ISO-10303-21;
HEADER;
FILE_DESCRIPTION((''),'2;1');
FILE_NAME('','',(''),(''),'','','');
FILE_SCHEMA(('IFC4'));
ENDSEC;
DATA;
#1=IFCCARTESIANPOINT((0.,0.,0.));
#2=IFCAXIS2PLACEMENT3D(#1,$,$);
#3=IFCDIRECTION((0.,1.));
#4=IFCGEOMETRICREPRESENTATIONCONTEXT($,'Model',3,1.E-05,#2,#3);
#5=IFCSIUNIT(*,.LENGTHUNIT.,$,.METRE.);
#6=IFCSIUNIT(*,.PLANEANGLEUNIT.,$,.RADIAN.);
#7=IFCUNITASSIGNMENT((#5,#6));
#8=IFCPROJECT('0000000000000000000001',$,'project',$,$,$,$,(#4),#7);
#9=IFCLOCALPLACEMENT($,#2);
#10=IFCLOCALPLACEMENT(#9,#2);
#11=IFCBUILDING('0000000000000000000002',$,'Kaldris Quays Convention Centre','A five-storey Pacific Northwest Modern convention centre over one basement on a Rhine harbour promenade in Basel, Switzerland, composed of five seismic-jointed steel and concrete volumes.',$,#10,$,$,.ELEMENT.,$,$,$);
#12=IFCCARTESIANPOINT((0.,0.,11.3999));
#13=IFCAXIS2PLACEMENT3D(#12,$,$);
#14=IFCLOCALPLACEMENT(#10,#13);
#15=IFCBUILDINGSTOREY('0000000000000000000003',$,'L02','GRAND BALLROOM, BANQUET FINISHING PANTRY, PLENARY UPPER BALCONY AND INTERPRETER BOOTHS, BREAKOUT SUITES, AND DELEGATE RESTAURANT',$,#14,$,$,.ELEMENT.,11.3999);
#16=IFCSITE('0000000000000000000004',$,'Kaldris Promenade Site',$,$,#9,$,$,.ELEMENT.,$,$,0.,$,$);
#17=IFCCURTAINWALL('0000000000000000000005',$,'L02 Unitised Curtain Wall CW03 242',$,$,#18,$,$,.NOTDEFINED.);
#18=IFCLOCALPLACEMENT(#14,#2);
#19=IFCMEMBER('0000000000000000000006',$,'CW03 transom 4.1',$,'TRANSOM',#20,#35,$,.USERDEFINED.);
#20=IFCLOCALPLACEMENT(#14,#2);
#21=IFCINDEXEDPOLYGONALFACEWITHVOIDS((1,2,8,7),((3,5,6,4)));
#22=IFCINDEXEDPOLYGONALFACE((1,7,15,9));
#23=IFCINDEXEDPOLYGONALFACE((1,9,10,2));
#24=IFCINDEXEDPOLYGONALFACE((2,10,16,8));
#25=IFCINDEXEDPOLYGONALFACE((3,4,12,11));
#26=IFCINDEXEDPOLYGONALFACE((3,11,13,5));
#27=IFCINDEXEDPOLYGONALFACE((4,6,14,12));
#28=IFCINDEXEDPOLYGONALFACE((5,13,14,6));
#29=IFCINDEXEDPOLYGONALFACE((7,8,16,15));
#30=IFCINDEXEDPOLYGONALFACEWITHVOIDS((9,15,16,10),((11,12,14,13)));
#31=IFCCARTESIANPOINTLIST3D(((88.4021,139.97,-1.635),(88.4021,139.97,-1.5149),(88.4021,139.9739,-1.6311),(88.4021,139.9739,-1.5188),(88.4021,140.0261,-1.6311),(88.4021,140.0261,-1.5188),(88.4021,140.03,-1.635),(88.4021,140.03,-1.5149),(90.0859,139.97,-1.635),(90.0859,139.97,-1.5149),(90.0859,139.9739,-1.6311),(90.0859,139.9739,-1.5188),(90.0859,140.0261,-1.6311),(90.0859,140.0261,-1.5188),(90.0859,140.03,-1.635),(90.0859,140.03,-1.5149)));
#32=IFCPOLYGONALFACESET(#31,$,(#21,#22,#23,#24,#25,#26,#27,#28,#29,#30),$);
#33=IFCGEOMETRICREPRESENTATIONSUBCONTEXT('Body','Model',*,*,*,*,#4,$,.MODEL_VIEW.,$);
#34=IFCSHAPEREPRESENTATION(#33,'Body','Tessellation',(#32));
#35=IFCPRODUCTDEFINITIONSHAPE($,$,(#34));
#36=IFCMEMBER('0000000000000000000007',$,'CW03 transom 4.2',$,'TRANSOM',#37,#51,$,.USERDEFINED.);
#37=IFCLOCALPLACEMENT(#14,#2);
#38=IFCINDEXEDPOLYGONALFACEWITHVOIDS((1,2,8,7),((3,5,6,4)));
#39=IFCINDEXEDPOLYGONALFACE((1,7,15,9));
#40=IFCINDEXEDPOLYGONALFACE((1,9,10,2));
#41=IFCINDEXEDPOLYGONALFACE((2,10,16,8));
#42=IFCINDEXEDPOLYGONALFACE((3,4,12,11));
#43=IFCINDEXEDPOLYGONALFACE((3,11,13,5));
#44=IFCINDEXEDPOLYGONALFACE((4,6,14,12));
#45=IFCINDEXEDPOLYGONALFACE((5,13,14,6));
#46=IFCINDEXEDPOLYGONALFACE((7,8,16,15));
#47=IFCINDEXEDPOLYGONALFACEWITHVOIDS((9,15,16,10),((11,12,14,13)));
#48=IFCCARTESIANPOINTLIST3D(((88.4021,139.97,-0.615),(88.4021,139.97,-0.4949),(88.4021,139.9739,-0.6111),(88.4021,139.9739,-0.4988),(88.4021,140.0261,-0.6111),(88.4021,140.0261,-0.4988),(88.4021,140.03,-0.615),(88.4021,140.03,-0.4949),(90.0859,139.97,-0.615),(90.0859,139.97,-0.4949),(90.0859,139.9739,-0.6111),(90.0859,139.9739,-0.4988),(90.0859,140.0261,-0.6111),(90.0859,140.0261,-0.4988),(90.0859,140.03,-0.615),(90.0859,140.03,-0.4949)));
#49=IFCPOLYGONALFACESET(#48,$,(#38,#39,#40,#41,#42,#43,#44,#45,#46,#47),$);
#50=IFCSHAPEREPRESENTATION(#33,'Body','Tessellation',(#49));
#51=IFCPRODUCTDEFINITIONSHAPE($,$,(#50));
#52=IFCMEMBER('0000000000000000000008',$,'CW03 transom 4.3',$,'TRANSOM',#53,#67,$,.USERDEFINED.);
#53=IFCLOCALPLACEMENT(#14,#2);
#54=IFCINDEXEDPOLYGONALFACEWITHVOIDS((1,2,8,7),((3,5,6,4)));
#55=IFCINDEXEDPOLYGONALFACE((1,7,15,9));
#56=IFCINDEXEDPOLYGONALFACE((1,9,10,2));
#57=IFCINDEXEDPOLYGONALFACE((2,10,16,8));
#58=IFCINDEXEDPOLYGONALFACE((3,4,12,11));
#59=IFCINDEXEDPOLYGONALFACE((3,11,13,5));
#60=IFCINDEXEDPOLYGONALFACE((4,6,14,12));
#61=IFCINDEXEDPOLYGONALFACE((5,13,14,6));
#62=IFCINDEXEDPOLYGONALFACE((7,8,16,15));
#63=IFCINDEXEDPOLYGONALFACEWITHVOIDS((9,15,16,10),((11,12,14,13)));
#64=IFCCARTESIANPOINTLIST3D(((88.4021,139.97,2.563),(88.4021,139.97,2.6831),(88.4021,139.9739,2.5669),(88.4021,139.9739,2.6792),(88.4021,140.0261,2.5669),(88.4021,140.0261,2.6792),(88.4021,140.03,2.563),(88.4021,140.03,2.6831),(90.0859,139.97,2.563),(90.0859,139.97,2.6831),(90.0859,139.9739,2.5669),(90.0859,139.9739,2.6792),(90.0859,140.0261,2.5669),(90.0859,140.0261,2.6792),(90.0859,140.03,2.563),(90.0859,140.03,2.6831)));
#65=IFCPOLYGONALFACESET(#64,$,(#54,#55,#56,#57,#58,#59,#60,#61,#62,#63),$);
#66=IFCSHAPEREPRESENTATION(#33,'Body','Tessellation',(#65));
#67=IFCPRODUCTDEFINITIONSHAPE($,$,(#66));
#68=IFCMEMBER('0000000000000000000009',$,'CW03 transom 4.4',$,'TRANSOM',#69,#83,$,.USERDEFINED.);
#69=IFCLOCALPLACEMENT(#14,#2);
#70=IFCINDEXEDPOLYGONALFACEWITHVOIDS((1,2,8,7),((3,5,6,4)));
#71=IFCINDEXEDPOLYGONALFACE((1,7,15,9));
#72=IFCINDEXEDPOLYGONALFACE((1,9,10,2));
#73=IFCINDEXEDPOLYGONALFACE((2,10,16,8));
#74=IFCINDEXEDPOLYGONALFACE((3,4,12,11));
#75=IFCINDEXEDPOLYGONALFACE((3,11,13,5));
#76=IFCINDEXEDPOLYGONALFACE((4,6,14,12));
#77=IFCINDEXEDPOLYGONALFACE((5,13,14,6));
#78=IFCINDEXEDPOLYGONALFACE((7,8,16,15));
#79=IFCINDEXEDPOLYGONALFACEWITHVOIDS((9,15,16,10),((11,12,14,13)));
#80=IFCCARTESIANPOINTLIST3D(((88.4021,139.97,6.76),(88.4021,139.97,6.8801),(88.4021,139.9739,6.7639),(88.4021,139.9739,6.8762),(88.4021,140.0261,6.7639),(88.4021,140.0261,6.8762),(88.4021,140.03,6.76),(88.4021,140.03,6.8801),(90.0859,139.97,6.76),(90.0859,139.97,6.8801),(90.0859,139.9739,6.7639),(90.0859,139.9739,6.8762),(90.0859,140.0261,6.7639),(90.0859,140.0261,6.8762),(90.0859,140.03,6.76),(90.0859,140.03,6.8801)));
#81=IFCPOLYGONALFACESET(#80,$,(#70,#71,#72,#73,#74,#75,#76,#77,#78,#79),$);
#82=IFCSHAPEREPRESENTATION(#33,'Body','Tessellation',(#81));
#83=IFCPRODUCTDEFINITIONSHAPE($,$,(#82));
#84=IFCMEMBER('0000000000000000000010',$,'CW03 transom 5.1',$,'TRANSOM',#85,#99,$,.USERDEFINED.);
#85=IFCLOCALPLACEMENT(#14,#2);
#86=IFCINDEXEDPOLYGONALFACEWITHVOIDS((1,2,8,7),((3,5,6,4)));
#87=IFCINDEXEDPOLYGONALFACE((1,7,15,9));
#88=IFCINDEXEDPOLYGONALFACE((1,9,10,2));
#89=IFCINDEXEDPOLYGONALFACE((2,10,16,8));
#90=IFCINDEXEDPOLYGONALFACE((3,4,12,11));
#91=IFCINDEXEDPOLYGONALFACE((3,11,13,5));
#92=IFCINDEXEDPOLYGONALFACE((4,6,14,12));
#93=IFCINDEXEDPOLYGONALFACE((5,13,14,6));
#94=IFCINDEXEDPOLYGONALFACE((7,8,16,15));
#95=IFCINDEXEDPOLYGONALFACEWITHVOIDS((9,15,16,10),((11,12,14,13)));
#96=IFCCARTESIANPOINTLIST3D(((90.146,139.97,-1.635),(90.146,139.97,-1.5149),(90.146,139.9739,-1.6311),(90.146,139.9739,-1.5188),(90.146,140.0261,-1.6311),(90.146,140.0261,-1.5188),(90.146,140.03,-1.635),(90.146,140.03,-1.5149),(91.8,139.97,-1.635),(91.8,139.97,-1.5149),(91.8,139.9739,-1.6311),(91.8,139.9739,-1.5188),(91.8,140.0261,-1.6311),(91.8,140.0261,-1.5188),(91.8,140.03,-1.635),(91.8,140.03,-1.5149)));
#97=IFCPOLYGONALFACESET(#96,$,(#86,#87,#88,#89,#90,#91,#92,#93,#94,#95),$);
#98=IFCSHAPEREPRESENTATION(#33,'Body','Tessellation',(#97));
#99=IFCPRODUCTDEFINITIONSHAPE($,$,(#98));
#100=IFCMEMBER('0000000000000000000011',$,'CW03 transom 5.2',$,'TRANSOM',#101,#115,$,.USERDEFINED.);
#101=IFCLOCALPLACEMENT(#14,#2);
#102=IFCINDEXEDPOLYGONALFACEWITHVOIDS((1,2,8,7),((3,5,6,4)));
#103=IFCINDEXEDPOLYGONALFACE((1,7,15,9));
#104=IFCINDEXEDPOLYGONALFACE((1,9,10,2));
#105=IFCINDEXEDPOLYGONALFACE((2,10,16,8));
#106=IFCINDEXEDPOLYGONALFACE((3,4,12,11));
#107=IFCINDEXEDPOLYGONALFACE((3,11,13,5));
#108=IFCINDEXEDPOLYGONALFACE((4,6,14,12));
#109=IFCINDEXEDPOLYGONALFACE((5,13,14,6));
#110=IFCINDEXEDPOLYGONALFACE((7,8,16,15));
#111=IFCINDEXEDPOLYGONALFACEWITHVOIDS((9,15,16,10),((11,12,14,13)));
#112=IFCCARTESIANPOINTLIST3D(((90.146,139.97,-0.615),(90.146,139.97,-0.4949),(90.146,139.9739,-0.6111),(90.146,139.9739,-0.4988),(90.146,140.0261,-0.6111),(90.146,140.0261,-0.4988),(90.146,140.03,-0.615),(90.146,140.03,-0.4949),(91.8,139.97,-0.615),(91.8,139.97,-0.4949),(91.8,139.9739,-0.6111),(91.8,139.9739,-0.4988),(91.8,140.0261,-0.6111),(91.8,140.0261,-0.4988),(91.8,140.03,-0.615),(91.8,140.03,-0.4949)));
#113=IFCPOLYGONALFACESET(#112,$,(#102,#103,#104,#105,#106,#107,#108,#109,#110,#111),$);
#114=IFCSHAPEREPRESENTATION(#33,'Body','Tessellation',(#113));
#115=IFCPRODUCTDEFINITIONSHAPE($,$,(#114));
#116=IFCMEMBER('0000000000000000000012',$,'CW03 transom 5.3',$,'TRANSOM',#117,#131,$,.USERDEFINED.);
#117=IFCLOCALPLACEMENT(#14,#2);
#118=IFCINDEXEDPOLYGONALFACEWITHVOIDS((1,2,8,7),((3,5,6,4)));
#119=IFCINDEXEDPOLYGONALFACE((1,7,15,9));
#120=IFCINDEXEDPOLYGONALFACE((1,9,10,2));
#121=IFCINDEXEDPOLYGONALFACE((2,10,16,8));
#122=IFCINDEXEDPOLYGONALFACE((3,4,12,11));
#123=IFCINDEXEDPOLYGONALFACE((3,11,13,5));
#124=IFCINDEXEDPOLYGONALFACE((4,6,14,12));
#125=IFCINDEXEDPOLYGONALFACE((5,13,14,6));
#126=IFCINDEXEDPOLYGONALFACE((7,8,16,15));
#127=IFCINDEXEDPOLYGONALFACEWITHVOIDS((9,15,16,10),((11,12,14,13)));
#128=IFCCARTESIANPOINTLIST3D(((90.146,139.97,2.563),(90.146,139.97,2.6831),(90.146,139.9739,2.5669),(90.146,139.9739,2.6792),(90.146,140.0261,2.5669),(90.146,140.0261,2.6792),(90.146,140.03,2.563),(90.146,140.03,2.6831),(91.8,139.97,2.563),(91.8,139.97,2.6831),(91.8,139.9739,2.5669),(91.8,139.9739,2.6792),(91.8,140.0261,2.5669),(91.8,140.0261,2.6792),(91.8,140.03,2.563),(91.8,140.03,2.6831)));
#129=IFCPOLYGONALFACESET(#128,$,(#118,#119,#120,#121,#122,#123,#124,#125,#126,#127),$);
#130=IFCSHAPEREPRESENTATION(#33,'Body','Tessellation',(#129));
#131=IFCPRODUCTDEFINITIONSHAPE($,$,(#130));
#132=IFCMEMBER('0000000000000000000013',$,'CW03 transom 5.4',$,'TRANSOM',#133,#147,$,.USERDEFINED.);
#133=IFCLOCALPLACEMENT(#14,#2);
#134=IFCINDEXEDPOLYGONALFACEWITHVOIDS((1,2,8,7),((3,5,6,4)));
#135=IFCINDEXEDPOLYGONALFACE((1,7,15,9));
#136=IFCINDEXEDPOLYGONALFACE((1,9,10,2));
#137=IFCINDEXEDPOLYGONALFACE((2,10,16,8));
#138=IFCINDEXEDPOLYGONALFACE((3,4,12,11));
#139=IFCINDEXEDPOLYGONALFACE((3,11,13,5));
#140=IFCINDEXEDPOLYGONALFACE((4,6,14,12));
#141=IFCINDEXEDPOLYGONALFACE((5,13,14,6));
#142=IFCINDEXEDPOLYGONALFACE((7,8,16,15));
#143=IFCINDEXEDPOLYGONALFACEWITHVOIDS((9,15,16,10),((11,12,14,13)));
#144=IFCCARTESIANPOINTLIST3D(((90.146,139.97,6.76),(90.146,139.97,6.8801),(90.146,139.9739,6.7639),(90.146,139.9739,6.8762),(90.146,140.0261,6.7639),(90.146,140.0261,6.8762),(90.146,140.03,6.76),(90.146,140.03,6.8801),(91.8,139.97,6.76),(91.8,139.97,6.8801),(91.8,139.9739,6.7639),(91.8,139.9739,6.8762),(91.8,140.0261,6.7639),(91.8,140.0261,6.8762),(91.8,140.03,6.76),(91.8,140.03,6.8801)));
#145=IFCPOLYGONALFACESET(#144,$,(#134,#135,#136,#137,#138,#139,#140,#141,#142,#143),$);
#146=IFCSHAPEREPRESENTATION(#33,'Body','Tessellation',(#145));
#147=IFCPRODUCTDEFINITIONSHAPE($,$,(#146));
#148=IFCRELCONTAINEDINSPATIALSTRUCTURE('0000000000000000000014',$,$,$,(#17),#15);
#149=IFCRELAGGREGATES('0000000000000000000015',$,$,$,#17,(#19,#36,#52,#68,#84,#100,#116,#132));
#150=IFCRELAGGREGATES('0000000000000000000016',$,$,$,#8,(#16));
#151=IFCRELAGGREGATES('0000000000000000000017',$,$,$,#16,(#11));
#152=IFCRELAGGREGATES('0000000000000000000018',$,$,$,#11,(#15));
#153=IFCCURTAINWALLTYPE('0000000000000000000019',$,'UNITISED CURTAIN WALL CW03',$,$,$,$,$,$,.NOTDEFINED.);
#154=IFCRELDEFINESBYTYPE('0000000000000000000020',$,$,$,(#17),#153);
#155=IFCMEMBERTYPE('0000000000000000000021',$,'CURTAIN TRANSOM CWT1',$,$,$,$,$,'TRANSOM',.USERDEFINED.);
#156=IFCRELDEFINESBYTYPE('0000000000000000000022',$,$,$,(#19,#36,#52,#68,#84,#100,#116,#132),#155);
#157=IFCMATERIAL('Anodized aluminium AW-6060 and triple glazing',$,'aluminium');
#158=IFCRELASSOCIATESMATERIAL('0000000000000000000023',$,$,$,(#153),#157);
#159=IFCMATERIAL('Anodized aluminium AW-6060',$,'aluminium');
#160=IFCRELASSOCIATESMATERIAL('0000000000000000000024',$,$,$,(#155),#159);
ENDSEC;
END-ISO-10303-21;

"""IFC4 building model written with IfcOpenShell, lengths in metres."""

from ifc_helpers import new_model, si_unit, direction, frame, origin, origin_2d, place, context, subcontext, project, spatial, hollow_rectangle, extrude, material, material_profile, profile_set, type_object, element, aggregate, save


model = new_model("IFC4")

# Units and contexts
model_context = context("Model", 3, precision=1e-05, world=origin(), true_north=direction((0.0, 1.0)))
body_context = subcontext(model_context, "Body", "Model", "MODEL_VIEW")
ifc_project = project(units=[si_unit("LENGTHUNIT", "METRE"), si_unit("PLANEANGLEUNIT", "RADIAN")], contexts=[model_context])

# Site, building, storey
site_placement = place(None, origin())
site = spatial("IfcSite", under=ifc_project, at=site_placement, Name="Kaldris Promenade Site", CompositionType="ELEMENT", RefElevation=0.0)
building_placement = place(site_placement, origin())
building = spatial("IfcBuilding", under=site, at=building_placement, Name="Kaldris Quays Convention Centre", Description="A five-storey Pacific Northwest Modern convention centre over one basement on a Rhine harbour promenade in Basel, Switzerland, composed of five seismic-jointed steel and concrete volumes.", CompositionType="ELEMENT")
storey_placement = place(building_placement, frame((0.0, 0.0, 11.3999)))
storey = spatial("IfcBuildingStorey", under=building, at=storey_placement, Name="L02", Description="GRAND BALLROOM, BANQUET FINISHING PANTRY, PLENARY UPPER BALCONY AND INTERPRETER BOOTHS, BREAKOUT SUITES, AND DELEGATE RESTAURANT", CompositionType="ELEMENT", Elevation=11.3999)

# Curtain wall, members
ifc_material_1 = material(Name="Anodized aluminium AW-6060 and triple glazing", Category="aluminium")
curtain_wall_type = type_object("IfcCurtainWallType", Name="UNITISED CURTAIN WALL CW03", PredefinedType="NOTDEFINED", material=ifc_material_1)
curtain_wall_placement = place(storey_placement, origin())
curtain_wall = element("IfcCurtainWall", 1, at=curtain_wall_placement, inside=storey, type_object=curtain_wall_type, Name="L02 Unitised Curtain Wall CW03 242", PredefinedType="NOTDEFINED")
ifc_material_2 = material(Name="Anodized aluminium AW-6060", Category="aluminium")
ifc_material_profile_1 = material_profile(ifc_material_2, hollow_rectangle(XDim=0.0601, YDim=0.1201, WallThickness=0.0039, at=origin_2d()), Name="RHS 120x60x4")
ifc_profile_set_1 = profile_set([ifc_material_profile_1], Name="Anodized aluminium AW-6060")
member_type_1 = type_object("IfcMemberType", Name="CURTAIN TRANSOM CWT1", ElementType="TRANSOM", PredefinedType="USERDEFINED", material=ifc_profile_set_1)
member_1_placement = place(storey_placement, frame((88.4021, 140.0, -1.575), z_axis=(1.0, 0.0, 0.0), x_axis=(0.0, 1.0, 0.0)))
member_1 = element("IfcMember", 2, at=member_1_placement, type_object=member_type_1, Name="CW03 transom 4.1", ObjectType="TRANSOM", PredefinedType="USERDEFINED", context=body_context, shape_type="SweptSolid", body=[
    extrude(hollow_rectangle(XDim=0.0601, YDim=0.1201, WallThickness=0.0039, at=origin_2d()), origin(), (0.0, 0.0, 1.0), 1.6838),
])
member_2_placement = place(storey_placement, frame((88.4021, 140.0, -0.5549), z_axis=(1.0, 0.0, 0.0), x_axis=(0.0, 1.0, 0.0)))
member_2 = element("IfcMember", 3, at=member_2_placement, type_object=member_type_1, Name="CW03 transom 4.2", ObjectType="TRANSOM", PredefinedType="USERDEFINED", context=body_context, shape_type="SweptSolid", body=[
    extrude(hollow_rectangle(XDim=0.0601, YDim=0.1201, WallThickness=0.0039, at=origin_2d()), origin(), (0.0, 0.0, 1.0), 1.6838),
])
member_3_placement = place(storey_placement, frame((88.4021, 140.0, 2.623), z_axis=(1.0, 0.0, 0.0), x_axis=(0.0, 1.0, 0.0)))
member_3 = element("IfcMember", 4, at=member_3_placement, type_object=member_type_1, Name="CW03 transom 4.3", ObjectType="TRANSOM", PredefinedType="USERDEFINED", context=body_context, shape_type="SweptSolid", body=[
    extrude(hollow_rectangle(XDim=0.0601, YDim=0.1201, WallThickness=0.0039, at=origin_2d()), origin(), (0.0, 0.0, 1.0), 1.6838),
])
member_4_placement = place(storey_placement, frame((88.4021, 140.0, 6.8201), z_axis=(1.0, 0.0, 0.0), x_axis=(0.0, 1.0, 0.0)))
member_4 = element("IfcMember", 5, at=member_4_placement, type_object=member_type_1, Name="CW03 transom 4.4", ObjectType="TRANSOM", PredefinedType="USERDEFINED", context=body_context, shape_type="SweptSolid", body=[
    extrude(hollow_rectangle(XDim=0.0601, YDim=0.1201, WallThickness=0.0039, at=origin_2d()), origin(), (0.0, 0.0, 1.0), 1.6838),
])
member_5_placement = place(storey_placement, frame((90.146, 140.0, -1.575), z_axis=(1.0, 0.0, 0.0), x_axis=(0.0, 1.0, 0.0)))
member_5 = element("IfcMember", 6, at=member_5_placement, type_object=member_type_1, Name="CW03 transom 5.1", ObjectType="TRANSOM", PredefinedType="USERDEFINED", context=body_context, shape_type="SweptSolid", body=[
    extrude(hollow_rectangle(XDim=0.0601, YDim=0.1201, WallThickness=0.0039, at=origin_2d()), origin(), (0.0, 0.0, 1.0), 1.6541),
])
member_6_placement = place(storey_placement, frame((90.146, 140.0, -0.5549), z_axis=(1.0, 0.0, 0.0), x_axis=(0.0, 1.0, 0.0)))
member_6 = element("IfcMember", 7, at=member_6_placement, type_object=member_type_1, Name="CW03 transom 5.2", ObjectType="TRANSOM", PredefinedType="USERDEFINED", context=body_context, shape_type="SweptSolid", body=[
    extrude(hollow_rectangle(XDim=0.0601, YDim=0.1201, WallThickness=0.0039, at=origin_2d()), origin(), (0.0, 0.0, 1.0), 1.6541),
])
member_7_placement = place(storey_placement, frame((90.146, 140.0, 2.623), z_axis=(1.0, 0.0, 0.0), x_axis=(0.0, 1.0, 0.0)))
member_7 = element("IfcMember", 8, at=member_7_placement, type_object=member_type_1, Name="CW03 transom 5.3", ObjectType="TRANSOM", PredefinedType="USERDEFINED", context=body_context, shape_type="SweptSolid", body=[
    extrude(hollow_rectangle(XDim=0.0601, YDim=0.1201, WallThickness=0.0039, at=origin_2d()), origin(), (0.0, 0.0, 1.0), 1.6541),
])
member_8_placement = place(storey_placement, frame((90.146, 140.0, 6.8201), z_axis=(1.0, 0.0, 0.0), x_axis=(0.0, 1.0, 0.0)))
member_8 = element("IfcMember", 9, at=member_8_placement, type_object=member_type_1, Name="CW03 transom 5.4", ObjectType="TRANSOM", PredefinedType="USERDEFINED", context=body_context, shape_type="SweptSolid", body=[
    extrude(hollow_rectangle(XDim=0.0601, YDim=0.1201, WallThickness=0.0039, at=origin_2d()), origin(), (0.0, 0.0, 1.0), 1.6541),
])

aggregate(curtain_wall, [member_1, member_2, member_3, member_4, member_5, member_6, member_7, member_8])

save(model, "model.ifc")
